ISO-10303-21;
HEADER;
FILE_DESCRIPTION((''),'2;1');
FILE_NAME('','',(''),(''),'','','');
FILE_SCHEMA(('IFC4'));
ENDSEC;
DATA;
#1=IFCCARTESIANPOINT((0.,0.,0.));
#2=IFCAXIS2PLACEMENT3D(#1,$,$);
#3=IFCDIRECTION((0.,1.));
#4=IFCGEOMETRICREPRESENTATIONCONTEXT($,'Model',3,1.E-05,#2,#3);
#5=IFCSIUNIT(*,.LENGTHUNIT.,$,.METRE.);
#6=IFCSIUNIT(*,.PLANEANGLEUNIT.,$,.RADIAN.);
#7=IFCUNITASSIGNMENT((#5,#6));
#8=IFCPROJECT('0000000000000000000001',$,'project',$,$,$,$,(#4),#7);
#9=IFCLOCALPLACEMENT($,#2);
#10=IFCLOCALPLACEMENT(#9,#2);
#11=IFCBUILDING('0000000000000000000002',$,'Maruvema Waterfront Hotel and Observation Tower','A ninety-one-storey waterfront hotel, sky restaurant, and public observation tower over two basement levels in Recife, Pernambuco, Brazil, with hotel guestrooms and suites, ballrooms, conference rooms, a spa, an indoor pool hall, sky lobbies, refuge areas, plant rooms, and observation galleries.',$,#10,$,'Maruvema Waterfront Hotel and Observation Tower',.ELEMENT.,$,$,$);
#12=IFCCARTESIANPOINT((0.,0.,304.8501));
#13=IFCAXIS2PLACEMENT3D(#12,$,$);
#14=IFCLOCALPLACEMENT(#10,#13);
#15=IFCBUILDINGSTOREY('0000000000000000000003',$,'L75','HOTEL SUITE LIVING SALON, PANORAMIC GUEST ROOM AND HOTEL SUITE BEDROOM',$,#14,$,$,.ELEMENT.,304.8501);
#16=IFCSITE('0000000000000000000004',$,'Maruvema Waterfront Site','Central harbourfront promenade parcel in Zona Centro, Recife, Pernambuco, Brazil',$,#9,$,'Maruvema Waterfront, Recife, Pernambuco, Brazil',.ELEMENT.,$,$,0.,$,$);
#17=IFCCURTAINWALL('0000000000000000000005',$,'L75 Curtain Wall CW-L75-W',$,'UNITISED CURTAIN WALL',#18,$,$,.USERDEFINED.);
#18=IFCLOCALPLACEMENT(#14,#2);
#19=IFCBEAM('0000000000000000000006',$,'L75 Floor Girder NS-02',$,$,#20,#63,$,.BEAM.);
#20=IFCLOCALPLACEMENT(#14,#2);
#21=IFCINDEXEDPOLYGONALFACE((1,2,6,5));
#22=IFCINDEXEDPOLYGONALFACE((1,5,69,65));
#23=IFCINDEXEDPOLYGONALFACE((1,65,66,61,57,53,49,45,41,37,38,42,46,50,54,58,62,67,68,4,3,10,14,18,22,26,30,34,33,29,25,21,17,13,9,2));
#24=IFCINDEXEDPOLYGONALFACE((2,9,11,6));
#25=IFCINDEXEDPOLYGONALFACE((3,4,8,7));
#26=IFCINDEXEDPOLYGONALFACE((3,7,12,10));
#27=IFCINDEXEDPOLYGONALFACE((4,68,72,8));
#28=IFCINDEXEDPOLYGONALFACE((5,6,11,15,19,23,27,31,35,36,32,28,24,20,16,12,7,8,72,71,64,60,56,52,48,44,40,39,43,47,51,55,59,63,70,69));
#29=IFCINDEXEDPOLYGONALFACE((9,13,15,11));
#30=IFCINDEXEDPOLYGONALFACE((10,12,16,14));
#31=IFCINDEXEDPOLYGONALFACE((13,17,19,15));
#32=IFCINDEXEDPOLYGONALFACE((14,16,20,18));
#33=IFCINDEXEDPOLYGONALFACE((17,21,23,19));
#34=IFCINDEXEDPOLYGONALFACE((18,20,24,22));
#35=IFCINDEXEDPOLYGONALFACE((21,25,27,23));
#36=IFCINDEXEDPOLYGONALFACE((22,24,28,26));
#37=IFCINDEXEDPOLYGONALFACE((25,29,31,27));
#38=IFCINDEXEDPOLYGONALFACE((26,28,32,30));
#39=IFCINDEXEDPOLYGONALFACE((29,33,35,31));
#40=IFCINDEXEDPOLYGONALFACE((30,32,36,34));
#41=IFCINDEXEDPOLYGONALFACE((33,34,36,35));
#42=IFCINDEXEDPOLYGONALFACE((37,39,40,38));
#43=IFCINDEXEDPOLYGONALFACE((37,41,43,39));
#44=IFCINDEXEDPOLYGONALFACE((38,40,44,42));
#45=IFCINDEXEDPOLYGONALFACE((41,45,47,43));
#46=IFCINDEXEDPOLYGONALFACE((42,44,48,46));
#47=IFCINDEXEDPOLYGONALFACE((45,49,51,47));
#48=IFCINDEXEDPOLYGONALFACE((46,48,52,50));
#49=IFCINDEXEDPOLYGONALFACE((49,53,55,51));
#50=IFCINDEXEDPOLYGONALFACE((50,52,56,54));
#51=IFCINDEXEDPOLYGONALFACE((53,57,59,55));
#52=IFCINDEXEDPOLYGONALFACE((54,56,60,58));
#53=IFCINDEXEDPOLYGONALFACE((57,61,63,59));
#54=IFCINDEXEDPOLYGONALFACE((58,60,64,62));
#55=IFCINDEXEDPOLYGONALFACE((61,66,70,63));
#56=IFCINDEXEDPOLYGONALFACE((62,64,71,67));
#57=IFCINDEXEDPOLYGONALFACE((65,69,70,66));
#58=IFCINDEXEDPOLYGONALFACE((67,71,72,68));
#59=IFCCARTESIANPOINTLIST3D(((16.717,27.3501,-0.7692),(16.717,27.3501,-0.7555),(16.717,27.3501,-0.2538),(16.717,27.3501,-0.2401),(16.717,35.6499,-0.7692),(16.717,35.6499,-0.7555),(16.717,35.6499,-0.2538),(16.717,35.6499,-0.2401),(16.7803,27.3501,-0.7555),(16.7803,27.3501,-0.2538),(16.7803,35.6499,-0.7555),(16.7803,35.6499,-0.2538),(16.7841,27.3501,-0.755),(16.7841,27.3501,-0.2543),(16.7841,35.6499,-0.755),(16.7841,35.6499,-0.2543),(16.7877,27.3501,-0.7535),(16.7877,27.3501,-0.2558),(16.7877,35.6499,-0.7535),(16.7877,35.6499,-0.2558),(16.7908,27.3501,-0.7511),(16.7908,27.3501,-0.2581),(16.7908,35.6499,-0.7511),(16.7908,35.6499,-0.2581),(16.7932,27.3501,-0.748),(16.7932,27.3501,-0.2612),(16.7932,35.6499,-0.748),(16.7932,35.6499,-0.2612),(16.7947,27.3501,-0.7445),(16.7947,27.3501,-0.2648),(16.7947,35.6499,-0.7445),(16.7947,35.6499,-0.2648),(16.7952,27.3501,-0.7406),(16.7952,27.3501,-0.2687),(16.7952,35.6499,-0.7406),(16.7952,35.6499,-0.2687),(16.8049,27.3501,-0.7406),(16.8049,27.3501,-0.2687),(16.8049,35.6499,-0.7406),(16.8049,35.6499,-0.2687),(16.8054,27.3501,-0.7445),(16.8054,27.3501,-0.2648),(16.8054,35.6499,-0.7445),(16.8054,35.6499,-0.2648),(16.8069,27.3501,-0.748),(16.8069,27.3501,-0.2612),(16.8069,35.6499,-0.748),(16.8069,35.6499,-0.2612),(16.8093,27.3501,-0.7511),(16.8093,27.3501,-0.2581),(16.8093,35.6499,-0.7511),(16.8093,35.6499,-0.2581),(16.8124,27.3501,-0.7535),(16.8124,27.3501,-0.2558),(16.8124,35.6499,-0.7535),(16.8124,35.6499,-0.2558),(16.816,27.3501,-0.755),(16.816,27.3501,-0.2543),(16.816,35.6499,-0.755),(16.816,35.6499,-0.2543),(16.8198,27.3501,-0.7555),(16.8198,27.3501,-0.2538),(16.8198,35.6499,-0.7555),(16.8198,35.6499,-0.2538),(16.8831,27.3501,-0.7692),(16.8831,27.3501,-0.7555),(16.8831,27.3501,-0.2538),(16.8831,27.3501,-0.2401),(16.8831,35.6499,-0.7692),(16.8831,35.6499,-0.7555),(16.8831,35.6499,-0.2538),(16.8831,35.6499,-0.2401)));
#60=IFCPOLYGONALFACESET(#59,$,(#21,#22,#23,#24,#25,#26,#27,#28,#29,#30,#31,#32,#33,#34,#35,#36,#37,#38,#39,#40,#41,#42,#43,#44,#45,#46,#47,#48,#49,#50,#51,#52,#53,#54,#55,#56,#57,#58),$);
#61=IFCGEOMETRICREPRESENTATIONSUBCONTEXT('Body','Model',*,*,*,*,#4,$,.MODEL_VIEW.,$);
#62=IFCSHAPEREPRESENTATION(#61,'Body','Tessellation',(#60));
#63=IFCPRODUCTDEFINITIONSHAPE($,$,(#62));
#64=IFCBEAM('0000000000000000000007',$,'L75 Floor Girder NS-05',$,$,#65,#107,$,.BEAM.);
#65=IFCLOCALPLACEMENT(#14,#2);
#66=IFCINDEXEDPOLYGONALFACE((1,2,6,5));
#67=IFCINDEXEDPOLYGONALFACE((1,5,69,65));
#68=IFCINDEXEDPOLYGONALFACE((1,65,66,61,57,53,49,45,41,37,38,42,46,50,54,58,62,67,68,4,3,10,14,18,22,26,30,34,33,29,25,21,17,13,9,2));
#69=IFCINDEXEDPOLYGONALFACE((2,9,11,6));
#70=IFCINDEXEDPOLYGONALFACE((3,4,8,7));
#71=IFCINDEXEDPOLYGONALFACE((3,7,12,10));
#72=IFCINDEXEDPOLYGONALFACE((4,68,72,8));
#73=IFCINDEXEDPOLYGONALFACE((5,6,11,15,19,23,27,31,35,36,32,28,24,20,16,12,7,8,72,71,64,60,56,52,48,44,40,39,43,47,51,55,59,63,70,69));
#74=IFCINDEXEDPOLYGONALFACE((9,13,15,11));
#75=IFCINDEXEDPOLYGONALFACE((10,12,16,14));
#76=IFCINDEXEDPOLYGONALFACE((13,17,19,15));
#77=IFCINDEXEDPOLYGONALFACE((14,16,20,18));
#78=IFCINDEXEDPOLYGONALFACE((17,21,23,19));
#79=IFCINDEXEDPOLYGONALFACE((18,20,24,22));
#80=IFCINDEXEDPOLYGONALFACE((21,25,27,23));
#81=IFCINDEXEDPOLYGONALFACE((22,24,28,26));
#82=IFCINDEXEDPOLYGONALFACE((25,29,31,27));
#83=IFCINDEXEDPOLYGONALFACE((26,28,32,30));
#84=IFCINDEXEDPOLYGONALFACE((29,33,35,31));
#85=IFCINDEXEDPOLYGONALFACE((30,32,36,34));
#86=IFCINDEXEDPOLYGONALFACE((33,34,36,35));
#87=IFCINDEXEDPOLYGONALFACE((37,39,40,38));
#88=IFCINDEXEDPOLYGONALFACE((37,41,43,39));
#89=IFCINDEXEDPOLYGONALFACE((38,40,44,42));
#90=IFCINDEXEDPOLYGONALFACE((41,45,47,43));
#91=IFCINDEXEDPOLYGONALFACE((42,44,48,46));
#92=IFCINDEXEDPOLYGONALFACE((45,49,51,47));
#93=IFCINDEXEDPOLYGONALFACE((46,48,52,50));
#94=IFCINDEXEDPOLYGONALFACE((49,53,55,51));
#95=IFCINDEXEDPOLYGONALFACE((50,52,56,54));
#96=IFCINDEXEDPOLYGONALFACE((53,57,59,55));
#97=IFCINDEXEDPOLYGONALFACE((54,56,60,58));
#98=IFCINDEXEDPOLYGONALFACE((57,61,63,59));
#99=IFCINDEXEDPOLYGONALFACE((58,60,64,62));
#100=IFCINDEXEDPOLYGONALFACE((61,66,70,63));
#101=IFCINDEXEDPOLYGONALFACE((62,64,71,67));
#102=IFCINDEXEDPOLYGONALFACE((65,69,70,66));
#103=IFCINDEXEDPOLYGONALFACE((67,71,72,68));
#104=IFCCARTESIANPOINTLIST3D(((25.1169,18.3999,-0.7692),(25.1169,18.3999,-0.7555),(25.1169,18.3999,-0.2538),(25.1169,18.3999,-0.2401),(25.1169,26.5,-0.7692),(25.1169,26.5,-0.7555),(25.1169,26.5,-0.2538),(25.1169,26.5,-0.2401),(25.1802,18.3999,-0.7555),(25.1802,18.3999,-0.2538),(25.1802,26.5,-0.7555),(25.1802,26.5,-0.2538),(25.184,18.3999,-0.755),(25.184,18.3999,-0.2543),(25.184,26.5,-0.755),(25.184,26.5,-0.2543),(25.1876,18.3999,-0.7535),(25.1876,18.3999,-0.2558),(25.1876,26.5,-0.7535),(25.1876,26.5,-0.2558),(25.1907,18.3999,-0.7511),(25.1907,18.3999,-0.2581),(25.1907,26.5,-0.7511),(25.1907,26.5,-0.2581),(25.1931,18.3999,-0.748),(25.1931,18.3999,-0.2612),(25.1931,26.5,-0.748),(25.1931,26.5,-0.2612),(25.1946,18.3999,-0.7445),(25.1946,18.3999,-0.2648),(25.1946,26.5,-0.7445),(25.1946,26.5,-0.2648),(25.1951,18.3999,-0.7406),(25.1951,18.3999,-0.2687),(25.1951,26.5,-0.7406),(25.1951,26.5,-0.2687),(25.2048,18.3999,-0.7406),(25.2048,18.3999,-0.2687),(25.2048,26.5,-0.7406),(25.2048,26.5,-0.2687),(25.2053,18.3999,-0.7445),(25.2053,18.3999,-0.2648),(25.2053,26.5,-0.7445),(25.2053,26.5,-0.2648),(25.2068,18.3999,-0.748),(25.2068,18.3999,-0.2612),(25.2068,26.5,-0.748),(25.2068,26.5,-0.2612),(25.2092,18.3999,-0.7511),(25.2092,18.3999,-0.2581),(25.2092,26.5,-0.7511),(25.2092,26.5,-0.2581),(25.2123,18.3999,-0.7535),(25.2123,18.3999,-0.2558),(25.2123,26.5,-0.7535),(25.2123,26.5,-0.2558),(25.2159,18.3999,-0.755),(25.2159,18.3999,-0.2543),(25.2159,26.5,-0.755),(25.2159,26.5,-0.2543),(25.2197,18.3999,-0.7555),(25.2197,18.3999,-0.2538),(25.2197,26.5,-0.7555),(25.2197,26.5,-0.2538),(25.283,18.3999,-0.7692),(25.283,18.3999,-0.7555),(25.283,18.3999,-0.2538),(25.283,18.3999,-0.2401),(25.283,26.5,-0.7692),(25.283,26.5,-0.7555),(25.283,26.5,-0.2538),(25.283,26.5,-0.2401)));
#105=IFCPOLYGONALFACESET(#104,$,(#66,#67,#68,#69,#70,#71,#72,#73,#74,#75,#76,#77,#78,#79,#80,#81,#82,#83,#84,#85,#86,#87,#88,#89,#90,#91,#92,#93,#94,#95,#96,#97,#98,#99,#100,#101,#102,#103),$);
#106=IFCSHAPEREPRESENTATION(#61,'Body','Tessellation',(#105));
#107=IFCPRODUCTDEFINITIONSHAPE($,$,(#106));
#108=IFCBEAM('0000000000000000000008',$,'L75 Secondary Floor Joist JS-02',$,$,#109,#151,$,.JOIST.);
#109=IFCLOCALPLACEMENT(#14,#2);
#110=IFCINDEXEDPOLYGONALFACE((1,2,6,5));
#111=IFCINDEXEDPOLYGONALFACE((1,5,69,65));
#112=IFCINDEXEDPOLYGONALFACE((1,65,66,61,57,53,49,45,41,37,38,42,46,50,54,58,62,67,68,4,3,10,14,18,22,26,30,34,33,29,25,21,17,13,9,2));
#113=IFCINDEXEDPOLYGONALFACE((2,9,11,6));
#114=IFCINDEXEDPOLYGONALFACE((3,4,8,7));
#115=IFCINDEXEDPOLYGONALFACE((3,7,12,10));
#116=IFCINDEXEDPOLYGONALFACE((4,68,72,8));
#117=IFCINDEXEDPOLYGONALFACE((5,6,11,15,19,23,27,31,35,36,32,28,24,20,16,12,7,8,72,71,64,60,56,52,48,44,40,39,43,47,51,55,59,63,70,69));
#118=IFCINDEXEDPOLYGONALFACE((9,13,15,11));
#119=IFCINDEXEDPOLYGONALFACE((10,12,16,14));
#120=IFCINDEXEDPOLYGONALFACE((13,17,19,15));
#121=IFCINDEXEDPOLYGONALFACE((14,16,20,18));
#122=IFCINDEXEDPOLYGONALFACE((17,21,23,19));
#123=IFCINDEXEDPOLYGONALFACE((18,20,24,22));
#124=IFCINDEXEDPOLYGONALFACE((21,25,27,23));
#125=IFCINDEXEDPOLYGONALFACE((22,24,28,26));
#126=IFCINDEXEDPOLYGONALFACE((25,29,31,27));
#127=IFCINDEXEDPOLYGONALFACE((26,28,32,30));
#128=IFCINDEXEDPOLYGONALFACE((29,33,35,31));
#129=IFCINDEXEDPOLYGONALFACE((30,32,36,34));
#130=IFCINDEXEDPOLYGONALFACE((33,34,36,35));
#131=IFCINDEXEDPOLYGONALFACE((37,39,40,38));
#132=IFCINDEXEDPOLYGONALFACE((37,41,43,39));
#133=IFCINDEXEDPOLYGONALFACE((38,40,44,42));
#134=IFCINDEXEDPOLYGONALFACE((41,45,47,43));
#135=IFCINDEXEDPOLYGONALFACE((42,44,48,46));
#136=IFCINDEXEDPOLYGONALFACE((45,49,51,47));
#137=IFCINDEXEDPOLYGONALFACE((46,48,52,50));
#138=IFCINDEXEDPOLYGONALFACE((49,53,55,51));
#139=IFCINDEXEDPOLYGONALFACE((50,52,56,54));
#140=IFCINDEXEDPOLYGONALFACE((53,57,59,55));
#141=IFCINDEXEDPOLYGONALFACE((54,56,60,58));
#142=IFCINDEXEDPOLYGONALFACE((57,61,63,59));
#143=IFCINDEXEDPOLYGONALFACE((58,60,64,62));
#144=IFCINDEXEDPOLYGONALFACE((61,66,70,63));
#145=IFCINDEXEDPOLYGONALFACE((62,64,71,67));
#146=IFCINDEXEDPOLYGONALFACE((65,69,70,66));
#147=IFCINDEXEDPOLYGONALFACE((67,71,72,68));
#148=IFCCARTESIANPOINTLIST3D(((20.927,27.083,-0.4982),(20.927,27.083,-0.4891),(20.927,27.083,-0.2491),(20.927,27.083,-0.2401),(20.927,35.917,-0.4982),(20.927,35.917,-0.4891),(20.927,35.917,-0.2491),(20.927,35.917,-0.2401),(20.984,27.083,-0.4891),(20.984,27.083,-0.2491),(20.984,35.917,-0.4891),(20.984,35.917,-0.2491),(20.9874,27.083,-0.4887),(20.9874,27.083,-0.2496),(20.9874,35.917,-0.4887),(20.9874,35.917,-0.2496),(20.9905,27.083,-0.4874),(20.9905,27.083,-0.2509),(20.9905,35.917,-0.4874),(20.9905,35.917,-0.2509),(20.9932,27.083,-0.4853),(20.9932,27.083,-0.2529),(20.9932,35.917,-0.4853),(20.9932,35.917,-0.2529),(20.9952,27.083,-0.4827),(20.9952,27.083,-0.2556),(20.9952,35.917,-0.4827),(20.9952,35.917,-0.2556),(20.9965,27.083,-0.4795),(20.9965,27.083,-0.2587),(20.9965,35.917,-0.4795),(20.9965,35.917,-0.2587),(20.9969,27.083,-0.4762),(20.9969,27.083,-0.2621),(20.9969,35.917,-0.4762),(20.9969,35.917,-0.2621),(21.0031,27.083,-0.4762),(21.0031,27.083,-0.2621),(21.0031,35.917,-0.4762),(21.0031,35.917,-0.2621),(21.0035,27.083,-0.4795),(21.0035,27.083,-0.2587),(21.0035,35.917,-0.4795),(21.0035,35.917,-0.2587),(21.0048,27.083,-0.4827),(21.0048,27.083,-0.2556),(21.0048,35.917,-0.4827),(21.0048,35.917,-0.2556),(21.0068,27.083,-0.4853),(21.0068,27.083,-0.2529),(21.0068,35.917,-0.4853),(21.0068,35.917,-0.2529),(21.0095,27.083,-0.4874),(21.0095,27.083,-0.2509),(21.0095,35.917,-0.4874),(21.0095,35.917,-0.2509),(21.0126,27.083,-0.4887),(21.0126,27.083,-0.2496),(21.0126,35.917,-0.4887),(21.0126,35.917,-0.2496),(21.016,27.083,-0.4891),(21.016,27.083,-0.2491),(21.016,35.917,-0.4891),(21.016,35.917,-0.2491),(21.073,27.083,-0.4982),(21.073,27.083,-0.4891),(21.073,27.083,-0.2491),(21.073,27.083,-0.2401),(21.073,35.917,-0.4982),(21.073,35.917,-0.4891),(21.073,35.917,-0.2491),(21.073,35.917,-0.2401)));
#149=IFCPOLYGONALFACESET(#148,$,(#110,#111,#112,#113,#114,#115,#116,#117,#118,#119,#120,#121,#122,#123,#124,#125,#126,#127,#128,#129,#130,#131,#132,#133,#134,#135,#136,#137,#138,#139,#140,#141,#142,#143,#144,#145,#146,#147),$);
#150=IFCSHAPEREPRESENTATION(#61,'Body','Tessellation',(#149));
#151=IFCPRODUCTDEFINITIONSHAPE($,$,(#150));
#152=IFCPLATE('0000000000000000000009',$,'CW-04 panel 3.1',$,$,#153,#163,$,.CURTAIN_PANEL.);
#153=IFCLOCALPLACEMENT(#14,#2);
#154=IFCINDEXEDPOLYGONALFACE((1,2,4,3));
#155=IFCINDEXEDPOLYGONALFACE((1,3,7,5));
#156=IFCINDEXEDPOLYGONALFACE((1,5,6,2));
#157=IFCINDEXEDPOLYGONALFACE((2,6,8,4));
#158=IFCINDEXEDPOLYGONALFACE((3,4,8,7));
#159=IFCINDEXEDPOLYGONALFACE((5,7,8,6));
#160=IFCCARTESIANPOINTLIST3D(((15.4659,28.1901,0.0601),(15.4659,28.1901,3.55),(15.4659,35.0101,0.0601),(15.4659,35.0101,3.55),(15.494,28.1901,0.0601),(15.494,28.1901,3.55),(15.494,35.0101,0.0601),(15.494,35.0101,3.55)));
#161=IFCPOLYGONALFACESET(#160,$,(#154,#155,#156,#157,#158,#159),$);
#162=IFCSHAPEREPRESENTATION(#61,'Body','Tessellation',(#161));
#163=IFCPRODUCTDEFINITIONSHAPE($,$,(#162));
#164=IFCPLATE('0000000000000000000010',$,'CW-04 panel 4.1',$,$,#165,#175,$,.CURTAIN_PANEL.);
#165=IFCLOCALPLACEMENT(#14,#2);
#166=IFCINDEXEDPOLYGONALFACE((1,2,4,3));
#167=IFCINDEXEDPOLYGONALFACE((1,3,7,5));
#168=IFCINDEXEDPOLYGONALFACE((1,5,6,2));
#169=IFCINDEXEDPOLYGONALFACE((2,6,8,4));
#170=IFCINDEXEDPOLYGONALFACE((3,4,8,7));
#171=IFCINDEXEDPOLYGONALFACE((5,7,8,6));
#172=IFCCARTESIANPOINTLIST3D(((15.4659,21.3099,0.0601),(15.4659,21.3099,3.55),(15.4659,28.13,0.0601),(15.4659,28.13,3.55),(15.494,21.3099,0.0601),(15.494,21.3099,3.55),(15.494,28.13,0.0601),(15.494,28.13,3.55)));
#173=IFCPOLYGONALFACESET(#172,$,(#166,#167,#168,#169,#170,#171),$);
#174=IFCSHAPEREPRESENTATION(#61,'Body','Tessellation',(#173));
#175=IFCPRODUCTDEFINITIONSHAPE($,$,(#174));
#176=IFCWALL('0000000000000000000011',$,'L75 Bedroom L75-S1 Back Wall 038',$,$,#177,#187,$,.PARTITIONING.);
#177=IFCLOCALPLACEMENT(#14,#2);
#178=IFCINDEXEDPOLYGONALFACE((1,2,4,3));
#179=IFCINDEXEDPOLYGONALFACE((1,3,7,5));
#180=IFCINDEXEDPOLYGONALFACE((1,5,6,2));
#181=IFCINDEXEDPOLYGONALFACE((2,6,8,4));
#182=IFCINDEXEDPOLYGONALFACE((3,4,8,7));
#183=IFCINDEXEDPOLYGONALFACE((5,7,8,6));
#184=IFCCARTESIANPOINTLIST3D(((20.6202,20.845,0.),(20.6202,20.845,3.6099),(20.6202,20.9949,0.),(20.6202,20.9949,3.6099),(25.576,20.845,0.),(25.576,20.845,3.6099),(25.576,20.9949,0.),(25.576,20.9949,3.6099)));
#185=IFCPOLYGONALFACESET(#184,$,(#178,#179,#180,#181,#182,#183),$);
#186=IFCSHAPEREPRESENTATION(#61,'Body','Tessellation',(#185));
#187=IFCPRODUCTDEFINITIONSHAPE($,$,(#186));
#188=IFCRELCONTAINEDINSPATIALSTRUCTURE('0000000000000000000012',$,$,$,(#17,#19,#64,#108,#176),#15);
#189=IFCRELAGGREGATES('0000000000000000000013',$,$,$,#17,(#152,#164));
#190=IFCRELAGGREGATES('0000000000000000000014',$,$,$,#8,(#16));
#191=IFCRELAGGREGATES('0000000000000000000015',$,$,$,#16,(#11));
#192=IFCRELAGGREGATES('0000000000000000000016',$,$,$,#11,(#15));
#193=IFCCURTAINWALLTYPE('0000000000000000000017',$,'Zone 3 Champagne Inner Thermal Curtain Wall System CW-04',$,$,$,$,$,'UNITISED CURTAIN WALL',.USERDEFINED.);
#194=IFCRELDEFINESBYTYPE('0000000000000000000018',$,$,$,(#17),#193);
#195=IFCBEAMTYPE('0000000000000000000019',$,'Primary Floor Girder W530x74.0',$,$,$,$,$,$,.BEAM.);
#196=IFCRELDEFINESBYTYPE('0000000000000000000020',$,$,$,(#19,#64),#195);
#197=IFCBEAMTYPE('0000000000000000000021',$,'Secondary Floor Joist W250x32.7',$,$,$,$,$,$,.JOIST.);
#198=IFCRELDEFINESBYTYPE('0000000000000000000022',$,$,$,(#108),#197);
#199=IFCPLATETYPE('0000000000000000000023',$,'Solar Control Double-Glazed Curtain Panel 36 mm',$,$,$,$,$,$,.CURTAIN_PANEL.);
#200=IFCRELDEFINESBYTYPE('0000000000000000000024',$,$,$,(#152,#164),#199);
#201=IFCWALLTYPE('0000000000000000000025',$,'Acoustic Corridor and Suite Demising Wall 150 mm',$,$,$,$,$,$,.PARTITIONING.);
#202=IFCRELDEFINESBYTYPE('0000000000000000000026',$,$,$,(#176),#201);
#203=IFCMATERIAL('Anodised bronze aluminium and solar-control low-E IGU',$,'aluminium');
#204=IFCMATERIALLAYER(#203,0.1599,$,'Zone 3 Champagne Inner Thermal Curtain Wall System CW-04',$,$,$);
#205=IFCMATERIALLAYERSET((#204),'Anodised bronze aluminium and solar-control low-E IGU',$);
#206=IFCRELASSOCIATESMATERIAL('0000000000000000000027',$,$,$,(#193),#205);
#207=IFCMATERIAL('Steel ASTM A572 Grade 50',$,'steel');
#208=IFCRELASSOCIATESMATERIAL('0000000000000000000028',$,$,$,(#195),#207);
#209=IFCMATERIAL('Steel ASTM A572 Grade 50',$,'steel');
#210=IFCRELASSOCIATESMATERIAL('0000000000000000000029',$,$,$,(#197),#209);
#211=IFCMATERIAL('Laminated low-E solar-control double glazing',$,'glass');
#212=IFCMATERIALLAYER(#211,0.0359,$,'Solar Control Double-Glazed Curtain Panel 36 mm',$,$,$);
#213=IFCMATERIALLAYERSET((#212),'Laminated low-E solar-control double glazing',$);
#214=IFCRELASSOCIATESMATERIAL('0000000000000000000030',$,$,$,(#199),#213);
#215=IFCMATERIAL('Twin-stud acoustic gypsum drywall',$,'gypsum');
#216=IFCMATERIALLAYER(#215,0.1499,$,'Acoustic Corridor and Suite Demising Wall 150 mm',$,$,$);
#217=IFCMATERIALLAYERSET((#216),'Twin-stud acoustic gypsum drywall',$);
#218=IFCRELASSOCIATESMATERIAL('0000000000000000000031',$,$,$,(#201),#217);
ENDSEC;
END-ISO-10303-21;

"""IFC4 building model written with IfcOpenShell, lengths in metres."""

from ifc_helpers import new_model, si_unit, direction, frame, frame_2d, origin, origin_2d, place, context, subcontext, project, spatial, rectangle, i_section, extrude, material, layer, layer_set, material_profile, profile_set, type_object, element, aggregate, save


model = new_model("IFC4")

# Units and contexts
model_context = context("Model", 3, precision=1e-05, world=origin(), true_north=direction((0.0, 1.0)))
body_context = subcontext(model_context, "Body", "Model", "MODEL_VIEW")
ifc_project = project(units=[si_unit("LENGTHUNIT", "METRE"), si_unit("PLANEANGLEUNIT", "RADIAN")], contexts=[model_context])

# Site, building, storey
site_placement = place(None, origin())
site = spatial("IfcSite", under=ifc_project, at=site_placement, Name="Maruvema Waterfront Site", Description="Central harbourfront promenade parcel in Zona Centro, Recife, Pernambuco, Brazil", LongName="Maruvema Waterfront, Recife, Pernambuco, Brazil", CompositionType="ELEMENT", RefElevation=0.0)
building_placement = place(site_placement, origin())
building = spatial("IfcBuilding", under=site, at=building_placement, Name="Maruvema Waterfront Hotel and Observation Tower", Description="A ninety-one-storey waterfront hotel, sky restaurant, and public observation tower over two basement levels in Recife, Pernambuco, Brazil, with hotel guestrooms and suites, ballrooms, conference rooms, a spa, an indoor pool hall, sky lobbies, refuge areas, plant rooms, and observation galleries.", LongName="Maruvema Waterfront Hotel and Observation Tower", CompositionType="ELEMENT")
storey_placement = place(building_placement, frame((0.0, 0.0, 304.8501)))
storey = spatial("IfcBuildingStorey", under=building, at=storey_placement, Name="L75", Description="HOTEL SUITE LIVING SALON, PANORAMIC GUEST ROOM AND HOTEL SUITE BEDROOM", CompositionType="ELEMENT", Elevation=304.8501)

# Curtain wall
ifc_material_1 = material(Name="Anodised bronze aluminium and solar-control low-E IGU", Category="aluminium")
ifc_layer_1 = layer(ifc_material_1, 0.1599, Name="Zone 3 Champagne Inner Thermal Curtain Wall System CW-04")
ifc_layer_set_1 = layer_set([ifc_layer_1], Name="Anodised bronze aluminium and solar-control low-E IGU")
curtain_wall_type = type_object("IfcCurtainWallType", Name="Zone 3 Champagne Inner Thermal Curtain Wall System CW-04", ElementType="UNITISED CURTAIN WALL", PredefinedType="USERDEFINED", material=ifc_layer_set_1)
curtain_wall_placement = place(storey_placement, origin())
curtain_wall = element("IfcCurtainWall", 1, at=curtain_wall_placement, inside=storey, type_object=curtain_wall_type, Name="L75 Curtain Wall CW-L75-W", ObjectType="UNITISED CURTAIN WALL", PredefinedType="USERDEFINED")

# Beams
ifc_material_2 = material(Name="Steel ASTM A572 Grade 50", Category="steel")
ifc_material_profile_1 = material_profile(ifc_material_2, i_section(OverallWidth=0.166, OverallDepth=0.5291, WebThickness=0.0098, FlangeThickness=0.0137, FilletRadius=0.0149, at=origin_2d()), Name="W530x74.0")
ifc_profile_set_1 = profile_set([ifc_material_profile_1], Name="Steel ASTM A572 Grade 50")
beam_type_1 = type_object("IfcBeamType", Name="Primary Floor Girder W530x74.0", PredefinedType="BEAM", material=ifc_profile_set_1)
beam_1_placement = place(storey_placement, frame((16.8, 27.3501, -0.5046), z_axis=(0.0, 1.0, 0.0), x_axis=(-1.0, 0.0, 0.0)))
element("IfcBeam", 2, at=beam_1_placement, inside=storey, type_object=beam_type_1, Name="L75 Floor Girder NS-02", PredefinedType="BEAM", context=body_context, shape_type="SweptSolid", body=[
    extrude(i_section(OverallWidth=0.166, OverallDepth=0.5291, WebThickness=0.0098, FlangeThickness=0.0137, FilletRadius=0.0149, at=origin_2d()), origin(), (0.0, 0.0, 1.0), 8.2998),
])
beam_2_placement = place(storey_placement, frame((25.2, 18.3999, -0.5046), z_axis=(0.0, 1.0, 0.0), x_axis=(-1.0, 0.0, 0.0)))
element("IfcBeam", 3, at=beam_2_placement, inside=storey, type_object=beam_type_1, Name="L75 Floor Girder NS-05", PredefinedType="BEAM", context=body_context, shape_type="SweptSolid", body=[
    extrude(i_section(OverallWidth=0.166, OverallDepth=0.5291, WebThickness=0.0098, FlangeThickness=0.0137, FilletRadius=0.0149, at=origin_2d()), origin(), (0.0, 0.0, 1.0), 8.1001),
])
ifc_material_3 = material(Name="Steel ASTM A572 Grade 50", Category="steel")
ifc_material_profile_2 = material_profile(ifc_material_3, i_section(OverallWidth=0.146, OverallDepth=0.2581, WebThickness=0.0061, FlangeThickness=0.009, FilletRadius=0.0129, at=origin_2d()), Name="W250x32.7")
ifc_profile_set_2 = profile_set([ifc_material_profile_2], Name="Steel ASTM A572 Grade 50")
beam_type_2 = type_object("IfcBeamType", Name="Secondary Floor Joist W250x32.7", PredefinedType="JOIST", material=ifc_profile_set_2)
beam_3_placement = place(storey_placement, frame((21.0, 27.083, -0.3691), z_axis=(0.0, 1.0, 0.0), x_axis=(-1.0, 0.0, 0.0)))
element("IfcBeam", 4, at=beam_3_placement, inside=storey, type_object=beam_type_2, Name="L75 Secondary Floor Joist JS-02", PredefinedType="JOIST", context=body_context, shape_type="SweptSolid", body=[
    extrude(i_section(OverallWidth=0.146, OverallDepth=0.2581, WebThickness=0.0061, FlangeThickness=0.009, FilletRadius=0.0129, at=origin_2d()), origin(), (0.0, 0.0, 1.0), 8.834),
])

# Plates
ifc_material_4 = material(Name="Laminated low-E solar-control double glazing", Category="glass")
ifc_layer_2 = layer(ifc_material_4, 0.0359, Name="Solar Control Double-Glazed Curtain Panel 36 mm")
ifc_layer_set_2 = layer_set([ifc_layer_2], Name="Laminated low-E solar-control double glazing")
plate_type = type_object("IfcPlateType", Name="Solar Control Double-Glazed Curtain Panel 36 mm", PredefinedType="CURTAIN_PANEL", material=ifc_layer_set_2)
plate_1_placement = place(storey_placement, frame((15.48, 31.6001, 0.0601), z_axis=(0.0, 0.0, 1.0), x_axis=(0.0, -1.0, 0.0)))
plate_1 = element("IfcPlate", 5, at=plate_1_placement, type_object=plate_type, Name="CW-04 panel 3.1", PredefinedType="CURTAIN_PANEL", context=body_context, shape_type="SweptSolid", body=[
    extrude(rectangle(XDim=6.8201, YDim=0.0281, at=origin_2d()), origin(), (0.0, 0.0, 1.0), 3.49),
])
plate_2_placement = place(storey_placement, frame((15.48, 24.72, 0.0601), z_axis=(0.0, 0.0, 1.0), x_axis=(0.0, -1.0, 0.0)))
plate_2 = element("IfcPlate", 6, at=plate_2_placement, type_object=plate_type, Name="CW-04 panel 4.1", PredefinedType="CURTAIN_PANEL", context=body_context, shape_type="SweptSolid", body=[
    extrude(rectangle(XDim=6.8201, YDim=0.0281, at=origin_2d()), origin(), (0.0, 0.0, 1.0), 3.49),
])
aggregate(curtain_wall, [plate_1, plate_2])

# Wall
ifc_material_5 = material(Name="Twin-stud acoustic gypsum drywall", Category="gypsum")
ifc_layer_3 = layer(ifc_material_5, 0.1499, Name="Acoustic Corridor and Suite Demising Wall 150 mm")
ifc_layer_set_3 = layer_set([ifc_layer_3], Name="Twin-stud acoustic gypsum drywall")
wall_type_1 = type_object("IfcWallType", Name="Acoustic Corridor and Suite Demising Wall 150 mm", PredefinedType="PARTITIONING", material=ifc_layer_set_3)
wall_placement = place(storey_placement, frame((20.6201, 20.9199, 0.0), z_axis=(0.0, 0.0, 1.0), x_axis=(1.0, 0.0, 0.0)))
element("IfcWall", 7, at=wall_placement, inside=storey, type_object=wall_type_1, Name="L75 Bedroom L75-S1 Back Wall 038", PredefinedType="PARTITIONING", context=body_context, shape_type="SweptSolid", body=[
    extrude(rectangle(XDim=4.9558, YDim=0.1499, at=frame_2d((2.478, 0.0))), origin(), (0.0, 0.0, 1.0), 3.6099),
])

save(model, "model.ifc")
